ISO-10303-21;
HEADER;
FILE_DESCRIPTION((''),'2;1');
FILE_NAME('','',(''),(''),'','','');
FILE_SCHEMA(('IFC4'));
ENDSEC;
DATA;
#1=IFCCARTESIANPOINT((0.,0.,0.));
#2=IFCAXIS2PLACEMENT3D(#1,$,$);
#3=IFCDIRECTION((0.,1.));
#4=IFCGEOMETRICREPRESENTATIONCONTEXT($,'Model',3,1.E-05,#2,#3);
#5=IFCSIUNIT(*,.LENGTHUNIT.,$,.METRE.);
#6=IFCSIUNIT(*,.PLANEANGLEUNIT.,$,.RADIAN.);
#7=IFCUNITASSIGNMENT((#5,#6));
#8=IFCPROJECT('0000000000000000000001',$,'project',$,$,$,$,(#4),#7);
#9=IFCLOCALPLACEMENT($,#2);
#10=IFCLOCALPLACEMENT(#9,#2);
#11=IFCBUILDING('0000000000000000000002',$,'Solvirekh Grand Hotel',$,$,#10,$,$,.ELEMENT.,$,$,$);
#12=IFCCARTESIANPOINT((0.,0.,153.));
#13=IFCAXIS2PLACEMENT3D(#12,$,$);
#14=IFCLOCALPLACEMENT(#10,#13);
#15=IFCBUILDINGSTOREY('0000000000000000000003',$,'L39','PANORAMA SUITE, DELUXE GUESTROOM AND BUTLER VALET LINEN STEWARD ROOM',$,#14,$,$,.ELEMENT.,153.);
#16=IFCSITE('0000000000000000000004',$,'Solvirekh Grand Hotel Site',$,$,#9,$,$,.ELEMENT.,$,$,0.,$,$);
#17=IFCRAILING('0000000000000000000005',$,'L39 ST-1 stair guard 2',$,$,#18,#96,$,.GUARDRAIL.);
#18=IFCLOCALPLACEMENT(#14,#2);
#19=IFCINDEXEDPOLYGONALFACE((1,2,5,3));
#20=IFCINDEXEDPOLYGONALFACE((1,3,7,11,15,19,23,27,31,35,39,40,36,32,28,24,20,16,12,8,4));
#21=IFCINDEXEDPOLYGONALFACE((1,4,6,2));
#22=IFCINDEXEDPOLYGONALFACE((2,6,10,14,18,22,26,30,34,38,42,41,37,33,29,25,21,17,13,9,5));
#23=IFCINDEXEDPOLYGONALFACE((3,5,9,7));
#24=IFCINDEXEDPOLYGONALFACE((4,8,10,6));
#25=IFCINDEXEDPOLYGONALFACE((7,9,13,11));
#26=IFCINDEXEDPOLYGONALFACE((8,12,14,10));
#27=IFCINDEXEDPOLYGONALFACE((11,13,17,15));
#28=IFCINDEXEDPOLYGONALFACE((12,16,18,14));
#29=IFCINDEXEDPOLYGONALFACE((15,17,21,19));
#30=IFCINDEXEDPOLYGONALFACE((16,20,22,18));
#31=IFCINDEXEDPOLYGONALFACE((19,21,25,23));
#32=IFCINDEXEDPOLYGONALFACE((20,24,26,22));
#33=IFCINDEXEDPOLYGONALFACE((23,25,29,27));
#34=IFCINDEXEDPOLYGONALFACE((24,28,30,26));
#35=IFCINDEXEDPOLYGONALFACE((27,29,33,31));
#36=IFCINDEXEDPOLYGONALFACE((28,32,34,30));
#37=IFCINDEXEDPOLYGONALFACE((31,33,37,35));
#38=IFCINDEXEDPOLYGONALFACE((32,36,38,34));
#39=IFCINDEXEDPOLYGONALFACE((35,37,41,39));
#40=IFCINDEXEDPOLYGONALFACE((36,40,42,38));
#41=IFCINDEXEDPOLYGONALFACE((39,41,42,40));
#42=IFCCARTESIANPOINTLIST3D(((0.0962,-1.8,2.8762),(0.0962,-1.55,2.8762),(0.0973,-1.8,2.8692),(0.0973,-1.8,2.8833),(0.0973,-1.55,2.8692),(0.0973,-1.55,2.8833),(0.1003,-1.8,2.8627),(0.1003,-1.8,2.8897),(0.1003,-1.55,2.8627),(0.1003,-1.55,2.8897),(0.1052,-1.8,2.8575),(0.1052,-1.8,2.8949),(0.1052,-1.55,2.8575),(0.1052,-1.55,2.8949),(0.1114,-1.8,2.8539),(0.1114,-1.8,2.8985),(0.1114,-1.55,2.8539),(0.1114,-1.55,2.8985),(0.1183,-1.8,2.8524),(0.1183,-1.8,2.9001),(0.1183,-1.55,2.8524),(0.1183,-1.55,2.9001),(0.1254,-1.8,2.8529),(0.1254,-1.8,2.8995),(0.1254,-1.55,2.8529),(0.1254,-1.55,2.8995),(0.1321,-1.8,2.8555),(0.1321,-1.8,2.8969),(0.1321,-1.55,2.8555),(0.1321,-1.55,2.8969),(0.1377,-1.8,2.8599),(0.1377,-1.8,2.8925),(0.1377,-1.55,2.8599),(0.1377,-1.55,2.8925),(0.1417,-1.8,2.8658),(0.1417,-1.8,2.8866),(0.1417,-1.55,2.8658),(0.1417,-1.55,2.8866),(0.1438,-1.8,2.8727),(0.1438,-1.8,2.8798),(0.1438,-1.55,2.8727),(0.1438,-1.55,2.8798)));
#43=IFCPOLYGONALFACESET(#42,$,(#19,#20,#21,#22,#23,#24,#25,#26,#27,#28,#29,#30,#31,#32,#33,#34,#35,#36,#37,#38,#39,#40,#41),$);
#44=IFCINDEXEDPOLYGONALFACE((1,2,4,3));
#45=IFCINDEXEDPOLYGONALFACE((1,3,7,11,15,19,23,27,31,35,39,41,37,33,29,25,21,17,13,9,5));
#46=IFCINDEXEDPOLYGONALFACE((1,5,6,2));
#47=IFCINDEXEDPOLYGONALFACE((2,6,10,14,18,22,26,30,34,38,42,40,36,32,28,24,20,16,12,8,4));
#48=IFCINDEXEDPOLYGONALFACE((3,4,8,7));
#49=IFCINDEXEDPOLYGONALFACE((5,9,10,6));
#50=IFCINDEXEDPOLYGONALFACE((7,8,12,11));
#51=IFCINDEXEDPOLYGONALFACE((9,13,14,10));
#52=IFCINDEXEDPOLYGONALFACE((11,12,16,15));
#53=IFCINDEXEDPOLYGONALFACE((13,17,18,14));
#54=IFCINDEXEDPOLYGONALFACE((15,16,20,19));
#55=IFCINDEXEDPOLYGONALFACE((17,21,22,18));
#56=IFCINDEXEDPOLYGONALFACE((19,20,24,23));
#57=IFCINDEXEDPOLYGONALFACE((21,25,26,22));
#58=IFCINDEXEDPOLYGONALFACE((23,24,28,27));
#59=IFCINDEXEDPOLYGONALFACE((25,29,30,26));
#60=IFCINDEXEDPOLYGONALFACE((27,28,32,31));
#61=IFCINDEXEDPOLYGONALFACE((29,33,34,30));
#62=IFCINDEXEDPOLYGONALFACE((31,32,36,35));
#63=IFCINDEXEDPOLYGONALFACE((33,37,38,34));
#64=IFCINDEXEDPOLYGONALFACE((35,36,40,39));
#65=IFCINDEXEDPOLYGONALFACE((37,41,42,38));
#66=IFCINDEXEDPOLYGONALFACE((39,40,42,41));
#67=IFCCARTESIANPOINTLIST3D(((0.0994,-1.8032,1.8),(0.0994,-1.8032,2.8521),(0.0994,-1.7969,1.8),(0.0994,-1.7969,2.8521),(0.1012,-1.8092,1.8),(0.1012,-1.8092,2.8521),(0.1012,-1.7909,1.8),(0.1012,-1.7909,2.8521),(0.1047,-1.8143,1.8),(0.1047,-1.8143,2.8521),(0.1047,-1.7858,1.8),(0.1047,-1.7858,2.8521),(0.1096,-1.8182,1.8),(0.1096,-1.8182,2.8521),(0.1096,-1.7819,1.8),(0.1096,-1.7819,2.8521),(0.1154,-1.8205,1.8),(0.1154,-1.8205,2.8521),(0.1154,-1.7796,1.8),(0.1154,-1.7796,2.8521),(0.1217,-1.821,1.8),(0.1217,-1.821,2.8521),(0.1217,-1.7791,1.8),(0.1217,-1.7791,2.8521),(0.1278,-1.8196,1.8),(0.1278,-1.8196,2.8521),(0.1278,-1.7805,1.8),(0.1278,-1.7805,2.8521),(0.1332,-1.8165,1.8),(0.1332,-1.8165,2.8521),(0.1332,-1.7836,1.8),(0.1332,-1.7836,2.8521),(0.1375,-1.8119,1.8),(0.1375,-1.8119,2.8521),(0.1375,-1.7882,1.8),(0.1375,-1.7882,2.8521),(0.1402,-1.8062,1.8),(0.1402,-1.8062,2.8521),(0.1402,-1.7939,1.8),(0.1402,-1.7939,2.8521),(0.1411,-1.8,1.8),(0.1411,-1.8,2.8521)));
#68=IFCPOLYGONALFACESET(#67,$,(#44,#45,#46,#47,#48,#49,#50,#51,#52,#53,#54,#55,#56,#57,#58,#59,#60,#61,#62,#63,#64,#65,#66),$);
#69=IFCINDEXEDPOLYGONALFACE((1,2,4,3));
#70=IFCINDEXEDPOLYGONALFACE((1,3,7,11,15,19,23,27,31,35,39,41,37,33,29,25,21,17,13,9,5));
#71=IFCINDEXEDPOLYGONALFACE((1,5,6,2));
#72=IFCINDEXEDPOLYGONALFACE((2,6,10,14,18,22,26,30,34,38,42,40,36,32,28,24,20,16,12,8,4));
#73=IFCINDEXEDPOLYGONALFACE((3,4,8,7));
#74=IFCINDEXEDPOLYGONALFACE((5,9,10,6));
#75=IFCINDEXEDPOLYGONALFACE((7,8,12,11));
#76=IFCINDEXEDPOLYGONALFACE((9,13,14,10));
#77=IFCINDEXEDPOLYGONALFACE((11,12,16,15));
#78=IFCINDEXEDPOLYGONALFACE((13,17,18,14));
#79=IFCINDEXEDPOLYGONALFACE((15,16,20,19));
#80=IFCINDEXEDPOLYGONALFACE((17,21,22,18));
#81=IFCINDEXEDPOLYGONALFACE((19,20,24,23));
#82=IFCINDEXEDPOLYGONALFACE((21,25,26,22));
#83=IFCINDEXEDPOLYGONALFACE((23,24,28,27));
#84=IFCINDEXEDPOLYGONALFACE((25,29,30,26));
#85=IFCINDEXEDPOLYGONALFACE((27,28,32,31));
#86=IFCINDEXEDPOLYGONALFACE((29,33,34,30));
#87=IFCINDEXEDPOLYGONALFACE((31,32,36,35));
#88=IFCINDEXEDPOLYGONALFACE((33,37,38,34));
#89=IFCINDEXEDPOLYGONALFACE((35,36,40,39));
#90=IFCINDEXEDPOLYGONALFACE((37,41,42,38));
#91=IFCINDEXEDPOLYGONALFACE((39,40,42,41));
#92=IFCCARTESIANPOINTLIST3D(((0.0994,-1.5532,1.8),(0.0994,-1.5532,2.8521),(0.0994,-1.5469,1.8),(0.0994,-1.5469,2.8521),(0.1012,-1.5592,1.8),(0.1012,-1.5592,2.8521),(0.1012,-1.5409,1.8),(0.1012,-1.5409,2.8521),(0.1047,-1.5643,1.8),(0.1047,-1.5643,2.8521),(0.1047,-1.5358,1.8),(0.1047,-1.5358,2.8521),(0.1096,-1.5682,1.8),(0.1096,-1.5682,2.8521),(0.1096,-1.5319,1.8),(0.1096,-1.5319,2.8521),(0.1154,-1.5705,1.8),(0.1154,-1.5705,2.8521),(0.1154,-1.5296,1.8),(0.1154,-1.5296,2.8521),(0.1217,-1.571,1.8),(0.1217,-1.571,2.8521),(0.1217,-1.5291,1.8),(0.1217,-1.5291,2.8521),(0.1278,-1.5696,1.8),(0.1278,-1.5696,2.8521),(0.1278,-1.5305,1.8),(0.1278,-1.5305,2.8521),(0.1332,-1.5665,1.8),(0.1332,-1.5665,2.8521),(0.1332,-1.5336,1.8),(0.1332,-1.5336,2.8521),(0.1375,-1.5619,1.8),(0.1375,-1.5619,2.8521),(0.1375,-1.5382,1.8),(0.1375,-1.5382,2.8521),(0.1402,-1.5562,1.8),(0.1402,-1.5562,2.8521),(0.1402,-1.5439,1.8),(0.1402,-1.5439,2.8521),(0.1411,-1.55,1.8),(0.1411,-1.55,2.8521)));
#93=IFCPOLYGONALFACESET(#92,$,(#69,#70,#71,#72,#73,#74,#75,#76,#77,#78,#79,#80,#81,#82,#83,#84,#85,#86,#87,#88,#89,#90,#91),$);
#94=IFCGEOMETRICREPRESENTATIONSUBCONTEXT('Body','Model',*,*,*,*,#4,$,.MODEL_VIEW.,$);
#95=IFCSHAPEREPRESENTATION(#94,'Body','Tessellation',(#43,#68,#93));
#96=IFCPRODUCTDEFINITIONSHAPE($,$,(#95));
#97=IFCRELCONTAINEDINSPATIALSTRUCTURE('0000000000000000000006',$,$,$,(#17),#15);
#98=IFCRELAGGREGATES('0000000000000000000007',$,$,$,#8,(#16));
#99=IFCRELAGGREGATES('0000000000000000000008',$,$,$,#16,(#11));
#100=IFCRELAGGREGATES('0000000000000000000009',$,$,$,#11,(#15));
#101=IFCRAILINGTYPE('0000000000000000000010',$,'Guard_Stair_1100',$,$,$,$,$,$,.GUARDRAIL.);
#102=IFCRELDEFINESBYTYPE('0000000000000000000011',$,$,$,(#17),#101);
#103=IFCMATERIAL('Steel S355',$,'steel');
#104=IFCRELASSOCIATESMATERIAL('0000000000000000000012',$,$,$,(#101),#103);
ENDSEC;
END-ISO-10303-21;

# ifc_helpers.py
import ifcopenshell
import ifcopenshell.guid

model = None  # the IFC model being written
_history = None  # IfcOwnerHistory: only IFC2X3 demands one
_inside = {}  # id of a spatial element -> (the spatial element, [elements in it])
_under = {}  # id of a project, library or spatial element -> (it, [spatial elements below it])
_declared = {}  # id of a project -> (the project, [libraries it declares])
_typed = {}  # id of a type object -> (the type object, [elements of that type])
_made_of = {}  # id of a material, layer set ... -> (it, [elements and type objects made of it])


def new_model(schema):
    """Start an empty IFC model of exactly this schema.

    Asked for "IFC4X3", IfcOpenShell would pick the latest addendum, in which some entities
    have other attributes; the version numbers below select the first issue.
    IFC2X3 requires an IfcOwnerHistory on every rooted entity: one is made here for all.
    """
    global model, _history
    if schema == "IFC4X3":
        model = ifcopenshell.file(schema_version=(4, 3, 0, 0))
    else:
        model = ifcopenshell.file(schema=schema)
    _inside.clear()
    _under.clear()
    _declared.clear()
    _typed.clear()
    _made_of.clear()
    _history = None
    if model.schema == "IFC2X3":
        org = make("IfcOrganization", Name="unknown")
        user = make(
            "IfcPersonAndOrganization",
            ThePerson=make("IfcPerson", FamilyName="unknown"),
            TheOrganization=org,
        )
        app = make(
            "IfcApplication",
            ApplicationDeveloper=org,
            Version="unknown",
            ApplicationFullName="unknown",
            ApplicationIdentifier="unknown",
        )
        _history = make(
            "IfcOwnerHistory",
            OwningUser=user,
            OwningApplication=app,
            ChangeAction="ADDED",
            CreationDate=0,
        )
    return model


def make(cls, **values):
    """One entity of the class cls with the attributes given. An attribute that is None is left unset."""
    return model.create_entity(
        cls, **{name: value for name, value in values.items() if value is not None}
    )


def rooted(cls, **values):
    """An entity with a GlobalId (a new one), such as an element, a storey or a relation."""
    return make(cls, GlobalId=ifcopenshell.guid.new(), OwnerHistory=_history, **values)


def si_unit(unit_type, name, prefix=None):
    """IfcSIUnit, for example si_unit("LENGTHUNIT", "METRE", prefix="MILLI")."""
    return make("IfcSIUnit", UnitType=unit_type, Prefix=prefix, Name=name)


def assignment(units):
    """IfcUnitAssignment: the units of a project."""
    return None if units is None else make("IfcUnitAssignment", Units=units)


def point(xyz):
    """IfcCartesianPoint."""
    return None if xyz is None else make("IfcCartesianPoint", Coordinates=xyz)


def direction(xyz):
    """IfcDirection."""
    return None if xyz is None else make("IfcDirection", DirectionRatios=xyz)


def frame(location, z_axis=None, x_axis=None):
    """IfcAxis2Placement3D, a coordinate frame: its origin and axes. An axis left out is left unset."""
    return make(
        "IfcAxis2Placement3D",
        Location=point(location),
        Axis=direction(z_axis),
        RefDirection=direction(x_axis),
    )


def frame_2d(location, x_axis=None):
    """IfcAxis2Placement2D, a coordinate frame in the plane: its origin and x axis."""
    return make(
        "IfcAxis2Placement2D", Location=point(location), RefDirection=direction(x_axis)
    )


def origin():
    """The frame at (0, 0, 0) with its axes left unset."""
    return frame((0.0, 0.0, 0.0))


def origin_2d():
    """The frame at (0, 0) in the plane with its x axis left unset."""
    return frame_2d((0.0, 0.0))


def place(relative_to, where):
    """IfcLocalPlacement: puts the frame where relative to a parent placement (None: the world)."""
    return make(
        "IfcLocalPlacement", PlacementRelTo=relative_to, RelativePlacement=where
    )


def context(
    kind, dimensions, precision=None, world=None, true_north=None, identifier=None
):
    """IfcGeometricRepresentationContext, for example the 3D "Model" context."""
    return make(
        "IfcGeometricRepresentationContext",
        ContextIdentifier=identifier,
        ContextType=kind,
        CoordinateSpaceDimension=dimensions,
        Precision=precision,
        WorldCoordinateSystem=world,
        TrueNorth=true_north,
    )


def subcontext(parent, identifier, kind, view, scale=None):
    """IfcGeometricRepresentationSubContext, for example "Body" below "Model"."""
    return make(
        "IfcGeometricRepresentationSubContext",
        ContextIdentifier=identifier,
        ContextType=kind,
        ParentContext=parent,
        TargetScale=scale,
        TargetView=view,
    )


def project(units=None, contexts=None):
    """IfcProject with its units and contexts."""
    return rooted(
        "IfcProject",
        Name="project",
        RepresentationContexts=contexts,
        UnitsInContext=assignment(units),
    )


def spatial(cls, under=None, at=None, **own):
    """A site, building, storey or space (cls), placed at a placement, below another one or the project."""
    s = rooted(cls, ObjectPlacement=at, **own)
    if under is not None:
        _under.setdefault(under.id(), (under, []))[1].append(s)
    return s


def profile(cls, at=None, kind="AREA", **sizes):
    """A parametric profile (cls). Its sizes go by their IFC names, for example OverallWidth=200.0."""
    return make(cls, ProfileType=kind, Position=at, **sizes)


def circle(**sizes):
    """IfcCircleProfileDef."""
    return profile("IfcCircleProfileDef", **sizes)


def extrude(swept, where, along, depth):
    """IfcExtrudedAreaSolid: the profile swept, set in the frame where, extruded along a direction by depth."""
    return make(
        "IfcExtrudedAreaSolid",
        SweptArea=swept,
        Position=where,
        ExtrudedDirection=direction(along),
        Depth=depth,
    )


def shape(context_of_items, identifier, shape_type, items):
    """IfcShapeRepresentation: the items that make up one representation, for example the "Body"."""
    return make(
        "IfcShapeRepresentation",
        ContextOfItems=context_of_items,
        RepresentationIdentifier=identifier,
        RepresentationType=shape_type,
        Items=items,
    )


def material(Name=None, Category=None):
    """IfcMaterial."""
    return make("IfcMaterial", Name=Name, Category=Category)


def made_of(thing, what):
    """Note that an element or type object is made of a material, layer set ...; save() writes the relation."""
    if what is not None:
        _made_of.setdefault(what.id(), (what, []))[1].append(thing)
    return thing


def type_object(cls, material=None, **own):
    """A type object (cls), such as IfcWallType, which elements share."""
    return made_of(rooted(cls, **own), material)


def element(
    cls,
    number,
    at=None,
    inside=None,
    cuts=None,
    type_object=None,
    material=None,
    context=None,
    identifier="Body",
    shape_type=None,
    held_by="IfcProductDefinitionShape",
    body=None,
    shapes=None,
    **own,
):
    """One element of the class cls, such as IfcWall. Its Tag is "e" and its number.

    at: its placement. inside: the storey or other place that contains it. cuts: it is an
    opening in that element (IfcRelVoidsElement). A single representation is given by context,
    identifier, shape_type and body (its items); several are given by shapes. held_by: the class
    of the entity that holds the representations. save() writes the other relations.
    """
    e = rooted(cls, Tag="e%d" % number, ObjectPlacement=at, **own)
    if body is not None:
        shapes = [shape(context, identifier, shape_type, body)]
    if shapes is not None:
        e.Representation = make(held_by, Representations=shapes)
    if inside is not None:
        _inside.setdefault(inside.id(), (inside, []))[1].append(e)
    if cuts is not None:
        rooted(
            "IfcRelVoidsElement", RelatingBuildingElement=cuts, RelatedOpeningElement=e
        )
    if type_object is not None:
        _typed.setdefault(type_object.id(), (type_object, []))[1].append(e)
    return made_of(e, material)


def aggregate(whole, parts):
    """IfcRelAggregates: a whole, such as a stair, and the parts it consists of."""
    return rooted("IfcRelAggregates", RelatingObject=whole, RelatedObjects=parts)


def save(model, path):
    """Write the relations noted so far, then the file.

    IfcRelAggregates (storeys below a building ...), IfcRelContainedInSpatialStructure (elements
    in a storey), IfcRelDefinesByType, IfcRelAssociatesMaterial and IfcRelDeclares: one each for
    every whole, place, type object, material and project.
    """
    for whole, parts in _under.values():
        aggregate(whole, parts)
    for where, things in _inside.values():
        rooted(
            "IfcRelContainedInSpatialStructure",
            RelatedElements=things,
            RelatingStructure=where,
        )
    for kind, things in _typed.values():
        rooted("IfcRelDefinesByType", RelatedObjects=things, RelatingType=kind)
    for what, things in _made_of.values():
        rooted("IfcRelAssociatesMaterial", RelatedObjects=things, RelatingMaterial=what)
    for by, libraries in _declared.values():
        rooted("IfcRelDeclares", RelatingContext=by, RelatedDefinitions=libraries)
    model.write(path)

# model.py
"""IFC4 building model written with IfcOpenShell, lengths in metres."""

from ifc_helpers import new_model, si_unit, direction, frame, origin, origin_2d, place, context, subcontext, project, spatial, circle, extrude, material, type_object, element, save


model = new_model("IFC4")

# Units and contexts
model_context = context("Model", 3, precision=1e-05, world=origin(), true_north=direction((0.0, 1.0)))
body_context = subcontext(model_context, "Body", "Model", "MODEL_VIEW")
ifc_project = project(units=[si_unit("LENGTHUNIT", "METRE"), si_unit("PLANEANGLEUNIT", "RADIAN")], contexts=[model_context])

# Site, building, storey
site_placement = place(None, origin())
site = spatial("IfcSite", under=ifc_project, at=site_placement, Name="Solvirekh Grand Hotel Site", CompositionType="ELEMENT", RefElevation=0.0)
building_placement = place(site_placement, origin())
building = spatial("IfcBuilding", under=site, at=building_placement, Name="Solvirekh Grand Hotel", CompositionType="ELEMENT")
storey_placement = place(building_placement, frame((0.0, 0.0, 153.0)))
storey = spatial("IfcBuildingStorey", under=building, at=storey_placement, Name="L39", Description="PANORAMA SUITE, DELUXE GUESTROOM AND BUTLER VALET LINEN STEWARD ROOM", CompositionType="ELEMENT", Elevation=153.0)

# Shared definitions
ifc_material_1 = material(Name="Steel S355", Category="steel")

# Railing
railing_type_1 = type_object("IfcRailingType", Name="Guard_Stair_1100", PredefinedType="GUARDRAIL", material=ifc_material_1)
railing_1_placement = place(storey_placement, frame((0.1201, -1.8, 1.8)))
element("IfcRailing", 1, at=railing_1_placement, inside=storey, type_object=railing_type_1, Name="L39 ST-1 stair guard 2", PredefinedType="GUARDRAIL", context=body_context, shape_type="SweptSolid", body=[
    extrude(circle(Radius=0.0239, at=origin_2d()), frame((0.0, 0.0, 1.0762), z_axis=(0.0, 1.0, 0.0), x_axis=(-1.0, 0.0, 0.0)), (0.0, 0.0, 1.0), 0.25),
    extrude(circle(Radius=0.021, at=origin_2d()), origin(), (0.0, 0.0, 1.0), 1.052),
    extrude(circle(Radius=0.021, at=origin_2d()), frame((0.0, 0.25, 0.0)), (0.0, 0.0, 1.0), 1.052),
])

save(model, "model.ifc")
